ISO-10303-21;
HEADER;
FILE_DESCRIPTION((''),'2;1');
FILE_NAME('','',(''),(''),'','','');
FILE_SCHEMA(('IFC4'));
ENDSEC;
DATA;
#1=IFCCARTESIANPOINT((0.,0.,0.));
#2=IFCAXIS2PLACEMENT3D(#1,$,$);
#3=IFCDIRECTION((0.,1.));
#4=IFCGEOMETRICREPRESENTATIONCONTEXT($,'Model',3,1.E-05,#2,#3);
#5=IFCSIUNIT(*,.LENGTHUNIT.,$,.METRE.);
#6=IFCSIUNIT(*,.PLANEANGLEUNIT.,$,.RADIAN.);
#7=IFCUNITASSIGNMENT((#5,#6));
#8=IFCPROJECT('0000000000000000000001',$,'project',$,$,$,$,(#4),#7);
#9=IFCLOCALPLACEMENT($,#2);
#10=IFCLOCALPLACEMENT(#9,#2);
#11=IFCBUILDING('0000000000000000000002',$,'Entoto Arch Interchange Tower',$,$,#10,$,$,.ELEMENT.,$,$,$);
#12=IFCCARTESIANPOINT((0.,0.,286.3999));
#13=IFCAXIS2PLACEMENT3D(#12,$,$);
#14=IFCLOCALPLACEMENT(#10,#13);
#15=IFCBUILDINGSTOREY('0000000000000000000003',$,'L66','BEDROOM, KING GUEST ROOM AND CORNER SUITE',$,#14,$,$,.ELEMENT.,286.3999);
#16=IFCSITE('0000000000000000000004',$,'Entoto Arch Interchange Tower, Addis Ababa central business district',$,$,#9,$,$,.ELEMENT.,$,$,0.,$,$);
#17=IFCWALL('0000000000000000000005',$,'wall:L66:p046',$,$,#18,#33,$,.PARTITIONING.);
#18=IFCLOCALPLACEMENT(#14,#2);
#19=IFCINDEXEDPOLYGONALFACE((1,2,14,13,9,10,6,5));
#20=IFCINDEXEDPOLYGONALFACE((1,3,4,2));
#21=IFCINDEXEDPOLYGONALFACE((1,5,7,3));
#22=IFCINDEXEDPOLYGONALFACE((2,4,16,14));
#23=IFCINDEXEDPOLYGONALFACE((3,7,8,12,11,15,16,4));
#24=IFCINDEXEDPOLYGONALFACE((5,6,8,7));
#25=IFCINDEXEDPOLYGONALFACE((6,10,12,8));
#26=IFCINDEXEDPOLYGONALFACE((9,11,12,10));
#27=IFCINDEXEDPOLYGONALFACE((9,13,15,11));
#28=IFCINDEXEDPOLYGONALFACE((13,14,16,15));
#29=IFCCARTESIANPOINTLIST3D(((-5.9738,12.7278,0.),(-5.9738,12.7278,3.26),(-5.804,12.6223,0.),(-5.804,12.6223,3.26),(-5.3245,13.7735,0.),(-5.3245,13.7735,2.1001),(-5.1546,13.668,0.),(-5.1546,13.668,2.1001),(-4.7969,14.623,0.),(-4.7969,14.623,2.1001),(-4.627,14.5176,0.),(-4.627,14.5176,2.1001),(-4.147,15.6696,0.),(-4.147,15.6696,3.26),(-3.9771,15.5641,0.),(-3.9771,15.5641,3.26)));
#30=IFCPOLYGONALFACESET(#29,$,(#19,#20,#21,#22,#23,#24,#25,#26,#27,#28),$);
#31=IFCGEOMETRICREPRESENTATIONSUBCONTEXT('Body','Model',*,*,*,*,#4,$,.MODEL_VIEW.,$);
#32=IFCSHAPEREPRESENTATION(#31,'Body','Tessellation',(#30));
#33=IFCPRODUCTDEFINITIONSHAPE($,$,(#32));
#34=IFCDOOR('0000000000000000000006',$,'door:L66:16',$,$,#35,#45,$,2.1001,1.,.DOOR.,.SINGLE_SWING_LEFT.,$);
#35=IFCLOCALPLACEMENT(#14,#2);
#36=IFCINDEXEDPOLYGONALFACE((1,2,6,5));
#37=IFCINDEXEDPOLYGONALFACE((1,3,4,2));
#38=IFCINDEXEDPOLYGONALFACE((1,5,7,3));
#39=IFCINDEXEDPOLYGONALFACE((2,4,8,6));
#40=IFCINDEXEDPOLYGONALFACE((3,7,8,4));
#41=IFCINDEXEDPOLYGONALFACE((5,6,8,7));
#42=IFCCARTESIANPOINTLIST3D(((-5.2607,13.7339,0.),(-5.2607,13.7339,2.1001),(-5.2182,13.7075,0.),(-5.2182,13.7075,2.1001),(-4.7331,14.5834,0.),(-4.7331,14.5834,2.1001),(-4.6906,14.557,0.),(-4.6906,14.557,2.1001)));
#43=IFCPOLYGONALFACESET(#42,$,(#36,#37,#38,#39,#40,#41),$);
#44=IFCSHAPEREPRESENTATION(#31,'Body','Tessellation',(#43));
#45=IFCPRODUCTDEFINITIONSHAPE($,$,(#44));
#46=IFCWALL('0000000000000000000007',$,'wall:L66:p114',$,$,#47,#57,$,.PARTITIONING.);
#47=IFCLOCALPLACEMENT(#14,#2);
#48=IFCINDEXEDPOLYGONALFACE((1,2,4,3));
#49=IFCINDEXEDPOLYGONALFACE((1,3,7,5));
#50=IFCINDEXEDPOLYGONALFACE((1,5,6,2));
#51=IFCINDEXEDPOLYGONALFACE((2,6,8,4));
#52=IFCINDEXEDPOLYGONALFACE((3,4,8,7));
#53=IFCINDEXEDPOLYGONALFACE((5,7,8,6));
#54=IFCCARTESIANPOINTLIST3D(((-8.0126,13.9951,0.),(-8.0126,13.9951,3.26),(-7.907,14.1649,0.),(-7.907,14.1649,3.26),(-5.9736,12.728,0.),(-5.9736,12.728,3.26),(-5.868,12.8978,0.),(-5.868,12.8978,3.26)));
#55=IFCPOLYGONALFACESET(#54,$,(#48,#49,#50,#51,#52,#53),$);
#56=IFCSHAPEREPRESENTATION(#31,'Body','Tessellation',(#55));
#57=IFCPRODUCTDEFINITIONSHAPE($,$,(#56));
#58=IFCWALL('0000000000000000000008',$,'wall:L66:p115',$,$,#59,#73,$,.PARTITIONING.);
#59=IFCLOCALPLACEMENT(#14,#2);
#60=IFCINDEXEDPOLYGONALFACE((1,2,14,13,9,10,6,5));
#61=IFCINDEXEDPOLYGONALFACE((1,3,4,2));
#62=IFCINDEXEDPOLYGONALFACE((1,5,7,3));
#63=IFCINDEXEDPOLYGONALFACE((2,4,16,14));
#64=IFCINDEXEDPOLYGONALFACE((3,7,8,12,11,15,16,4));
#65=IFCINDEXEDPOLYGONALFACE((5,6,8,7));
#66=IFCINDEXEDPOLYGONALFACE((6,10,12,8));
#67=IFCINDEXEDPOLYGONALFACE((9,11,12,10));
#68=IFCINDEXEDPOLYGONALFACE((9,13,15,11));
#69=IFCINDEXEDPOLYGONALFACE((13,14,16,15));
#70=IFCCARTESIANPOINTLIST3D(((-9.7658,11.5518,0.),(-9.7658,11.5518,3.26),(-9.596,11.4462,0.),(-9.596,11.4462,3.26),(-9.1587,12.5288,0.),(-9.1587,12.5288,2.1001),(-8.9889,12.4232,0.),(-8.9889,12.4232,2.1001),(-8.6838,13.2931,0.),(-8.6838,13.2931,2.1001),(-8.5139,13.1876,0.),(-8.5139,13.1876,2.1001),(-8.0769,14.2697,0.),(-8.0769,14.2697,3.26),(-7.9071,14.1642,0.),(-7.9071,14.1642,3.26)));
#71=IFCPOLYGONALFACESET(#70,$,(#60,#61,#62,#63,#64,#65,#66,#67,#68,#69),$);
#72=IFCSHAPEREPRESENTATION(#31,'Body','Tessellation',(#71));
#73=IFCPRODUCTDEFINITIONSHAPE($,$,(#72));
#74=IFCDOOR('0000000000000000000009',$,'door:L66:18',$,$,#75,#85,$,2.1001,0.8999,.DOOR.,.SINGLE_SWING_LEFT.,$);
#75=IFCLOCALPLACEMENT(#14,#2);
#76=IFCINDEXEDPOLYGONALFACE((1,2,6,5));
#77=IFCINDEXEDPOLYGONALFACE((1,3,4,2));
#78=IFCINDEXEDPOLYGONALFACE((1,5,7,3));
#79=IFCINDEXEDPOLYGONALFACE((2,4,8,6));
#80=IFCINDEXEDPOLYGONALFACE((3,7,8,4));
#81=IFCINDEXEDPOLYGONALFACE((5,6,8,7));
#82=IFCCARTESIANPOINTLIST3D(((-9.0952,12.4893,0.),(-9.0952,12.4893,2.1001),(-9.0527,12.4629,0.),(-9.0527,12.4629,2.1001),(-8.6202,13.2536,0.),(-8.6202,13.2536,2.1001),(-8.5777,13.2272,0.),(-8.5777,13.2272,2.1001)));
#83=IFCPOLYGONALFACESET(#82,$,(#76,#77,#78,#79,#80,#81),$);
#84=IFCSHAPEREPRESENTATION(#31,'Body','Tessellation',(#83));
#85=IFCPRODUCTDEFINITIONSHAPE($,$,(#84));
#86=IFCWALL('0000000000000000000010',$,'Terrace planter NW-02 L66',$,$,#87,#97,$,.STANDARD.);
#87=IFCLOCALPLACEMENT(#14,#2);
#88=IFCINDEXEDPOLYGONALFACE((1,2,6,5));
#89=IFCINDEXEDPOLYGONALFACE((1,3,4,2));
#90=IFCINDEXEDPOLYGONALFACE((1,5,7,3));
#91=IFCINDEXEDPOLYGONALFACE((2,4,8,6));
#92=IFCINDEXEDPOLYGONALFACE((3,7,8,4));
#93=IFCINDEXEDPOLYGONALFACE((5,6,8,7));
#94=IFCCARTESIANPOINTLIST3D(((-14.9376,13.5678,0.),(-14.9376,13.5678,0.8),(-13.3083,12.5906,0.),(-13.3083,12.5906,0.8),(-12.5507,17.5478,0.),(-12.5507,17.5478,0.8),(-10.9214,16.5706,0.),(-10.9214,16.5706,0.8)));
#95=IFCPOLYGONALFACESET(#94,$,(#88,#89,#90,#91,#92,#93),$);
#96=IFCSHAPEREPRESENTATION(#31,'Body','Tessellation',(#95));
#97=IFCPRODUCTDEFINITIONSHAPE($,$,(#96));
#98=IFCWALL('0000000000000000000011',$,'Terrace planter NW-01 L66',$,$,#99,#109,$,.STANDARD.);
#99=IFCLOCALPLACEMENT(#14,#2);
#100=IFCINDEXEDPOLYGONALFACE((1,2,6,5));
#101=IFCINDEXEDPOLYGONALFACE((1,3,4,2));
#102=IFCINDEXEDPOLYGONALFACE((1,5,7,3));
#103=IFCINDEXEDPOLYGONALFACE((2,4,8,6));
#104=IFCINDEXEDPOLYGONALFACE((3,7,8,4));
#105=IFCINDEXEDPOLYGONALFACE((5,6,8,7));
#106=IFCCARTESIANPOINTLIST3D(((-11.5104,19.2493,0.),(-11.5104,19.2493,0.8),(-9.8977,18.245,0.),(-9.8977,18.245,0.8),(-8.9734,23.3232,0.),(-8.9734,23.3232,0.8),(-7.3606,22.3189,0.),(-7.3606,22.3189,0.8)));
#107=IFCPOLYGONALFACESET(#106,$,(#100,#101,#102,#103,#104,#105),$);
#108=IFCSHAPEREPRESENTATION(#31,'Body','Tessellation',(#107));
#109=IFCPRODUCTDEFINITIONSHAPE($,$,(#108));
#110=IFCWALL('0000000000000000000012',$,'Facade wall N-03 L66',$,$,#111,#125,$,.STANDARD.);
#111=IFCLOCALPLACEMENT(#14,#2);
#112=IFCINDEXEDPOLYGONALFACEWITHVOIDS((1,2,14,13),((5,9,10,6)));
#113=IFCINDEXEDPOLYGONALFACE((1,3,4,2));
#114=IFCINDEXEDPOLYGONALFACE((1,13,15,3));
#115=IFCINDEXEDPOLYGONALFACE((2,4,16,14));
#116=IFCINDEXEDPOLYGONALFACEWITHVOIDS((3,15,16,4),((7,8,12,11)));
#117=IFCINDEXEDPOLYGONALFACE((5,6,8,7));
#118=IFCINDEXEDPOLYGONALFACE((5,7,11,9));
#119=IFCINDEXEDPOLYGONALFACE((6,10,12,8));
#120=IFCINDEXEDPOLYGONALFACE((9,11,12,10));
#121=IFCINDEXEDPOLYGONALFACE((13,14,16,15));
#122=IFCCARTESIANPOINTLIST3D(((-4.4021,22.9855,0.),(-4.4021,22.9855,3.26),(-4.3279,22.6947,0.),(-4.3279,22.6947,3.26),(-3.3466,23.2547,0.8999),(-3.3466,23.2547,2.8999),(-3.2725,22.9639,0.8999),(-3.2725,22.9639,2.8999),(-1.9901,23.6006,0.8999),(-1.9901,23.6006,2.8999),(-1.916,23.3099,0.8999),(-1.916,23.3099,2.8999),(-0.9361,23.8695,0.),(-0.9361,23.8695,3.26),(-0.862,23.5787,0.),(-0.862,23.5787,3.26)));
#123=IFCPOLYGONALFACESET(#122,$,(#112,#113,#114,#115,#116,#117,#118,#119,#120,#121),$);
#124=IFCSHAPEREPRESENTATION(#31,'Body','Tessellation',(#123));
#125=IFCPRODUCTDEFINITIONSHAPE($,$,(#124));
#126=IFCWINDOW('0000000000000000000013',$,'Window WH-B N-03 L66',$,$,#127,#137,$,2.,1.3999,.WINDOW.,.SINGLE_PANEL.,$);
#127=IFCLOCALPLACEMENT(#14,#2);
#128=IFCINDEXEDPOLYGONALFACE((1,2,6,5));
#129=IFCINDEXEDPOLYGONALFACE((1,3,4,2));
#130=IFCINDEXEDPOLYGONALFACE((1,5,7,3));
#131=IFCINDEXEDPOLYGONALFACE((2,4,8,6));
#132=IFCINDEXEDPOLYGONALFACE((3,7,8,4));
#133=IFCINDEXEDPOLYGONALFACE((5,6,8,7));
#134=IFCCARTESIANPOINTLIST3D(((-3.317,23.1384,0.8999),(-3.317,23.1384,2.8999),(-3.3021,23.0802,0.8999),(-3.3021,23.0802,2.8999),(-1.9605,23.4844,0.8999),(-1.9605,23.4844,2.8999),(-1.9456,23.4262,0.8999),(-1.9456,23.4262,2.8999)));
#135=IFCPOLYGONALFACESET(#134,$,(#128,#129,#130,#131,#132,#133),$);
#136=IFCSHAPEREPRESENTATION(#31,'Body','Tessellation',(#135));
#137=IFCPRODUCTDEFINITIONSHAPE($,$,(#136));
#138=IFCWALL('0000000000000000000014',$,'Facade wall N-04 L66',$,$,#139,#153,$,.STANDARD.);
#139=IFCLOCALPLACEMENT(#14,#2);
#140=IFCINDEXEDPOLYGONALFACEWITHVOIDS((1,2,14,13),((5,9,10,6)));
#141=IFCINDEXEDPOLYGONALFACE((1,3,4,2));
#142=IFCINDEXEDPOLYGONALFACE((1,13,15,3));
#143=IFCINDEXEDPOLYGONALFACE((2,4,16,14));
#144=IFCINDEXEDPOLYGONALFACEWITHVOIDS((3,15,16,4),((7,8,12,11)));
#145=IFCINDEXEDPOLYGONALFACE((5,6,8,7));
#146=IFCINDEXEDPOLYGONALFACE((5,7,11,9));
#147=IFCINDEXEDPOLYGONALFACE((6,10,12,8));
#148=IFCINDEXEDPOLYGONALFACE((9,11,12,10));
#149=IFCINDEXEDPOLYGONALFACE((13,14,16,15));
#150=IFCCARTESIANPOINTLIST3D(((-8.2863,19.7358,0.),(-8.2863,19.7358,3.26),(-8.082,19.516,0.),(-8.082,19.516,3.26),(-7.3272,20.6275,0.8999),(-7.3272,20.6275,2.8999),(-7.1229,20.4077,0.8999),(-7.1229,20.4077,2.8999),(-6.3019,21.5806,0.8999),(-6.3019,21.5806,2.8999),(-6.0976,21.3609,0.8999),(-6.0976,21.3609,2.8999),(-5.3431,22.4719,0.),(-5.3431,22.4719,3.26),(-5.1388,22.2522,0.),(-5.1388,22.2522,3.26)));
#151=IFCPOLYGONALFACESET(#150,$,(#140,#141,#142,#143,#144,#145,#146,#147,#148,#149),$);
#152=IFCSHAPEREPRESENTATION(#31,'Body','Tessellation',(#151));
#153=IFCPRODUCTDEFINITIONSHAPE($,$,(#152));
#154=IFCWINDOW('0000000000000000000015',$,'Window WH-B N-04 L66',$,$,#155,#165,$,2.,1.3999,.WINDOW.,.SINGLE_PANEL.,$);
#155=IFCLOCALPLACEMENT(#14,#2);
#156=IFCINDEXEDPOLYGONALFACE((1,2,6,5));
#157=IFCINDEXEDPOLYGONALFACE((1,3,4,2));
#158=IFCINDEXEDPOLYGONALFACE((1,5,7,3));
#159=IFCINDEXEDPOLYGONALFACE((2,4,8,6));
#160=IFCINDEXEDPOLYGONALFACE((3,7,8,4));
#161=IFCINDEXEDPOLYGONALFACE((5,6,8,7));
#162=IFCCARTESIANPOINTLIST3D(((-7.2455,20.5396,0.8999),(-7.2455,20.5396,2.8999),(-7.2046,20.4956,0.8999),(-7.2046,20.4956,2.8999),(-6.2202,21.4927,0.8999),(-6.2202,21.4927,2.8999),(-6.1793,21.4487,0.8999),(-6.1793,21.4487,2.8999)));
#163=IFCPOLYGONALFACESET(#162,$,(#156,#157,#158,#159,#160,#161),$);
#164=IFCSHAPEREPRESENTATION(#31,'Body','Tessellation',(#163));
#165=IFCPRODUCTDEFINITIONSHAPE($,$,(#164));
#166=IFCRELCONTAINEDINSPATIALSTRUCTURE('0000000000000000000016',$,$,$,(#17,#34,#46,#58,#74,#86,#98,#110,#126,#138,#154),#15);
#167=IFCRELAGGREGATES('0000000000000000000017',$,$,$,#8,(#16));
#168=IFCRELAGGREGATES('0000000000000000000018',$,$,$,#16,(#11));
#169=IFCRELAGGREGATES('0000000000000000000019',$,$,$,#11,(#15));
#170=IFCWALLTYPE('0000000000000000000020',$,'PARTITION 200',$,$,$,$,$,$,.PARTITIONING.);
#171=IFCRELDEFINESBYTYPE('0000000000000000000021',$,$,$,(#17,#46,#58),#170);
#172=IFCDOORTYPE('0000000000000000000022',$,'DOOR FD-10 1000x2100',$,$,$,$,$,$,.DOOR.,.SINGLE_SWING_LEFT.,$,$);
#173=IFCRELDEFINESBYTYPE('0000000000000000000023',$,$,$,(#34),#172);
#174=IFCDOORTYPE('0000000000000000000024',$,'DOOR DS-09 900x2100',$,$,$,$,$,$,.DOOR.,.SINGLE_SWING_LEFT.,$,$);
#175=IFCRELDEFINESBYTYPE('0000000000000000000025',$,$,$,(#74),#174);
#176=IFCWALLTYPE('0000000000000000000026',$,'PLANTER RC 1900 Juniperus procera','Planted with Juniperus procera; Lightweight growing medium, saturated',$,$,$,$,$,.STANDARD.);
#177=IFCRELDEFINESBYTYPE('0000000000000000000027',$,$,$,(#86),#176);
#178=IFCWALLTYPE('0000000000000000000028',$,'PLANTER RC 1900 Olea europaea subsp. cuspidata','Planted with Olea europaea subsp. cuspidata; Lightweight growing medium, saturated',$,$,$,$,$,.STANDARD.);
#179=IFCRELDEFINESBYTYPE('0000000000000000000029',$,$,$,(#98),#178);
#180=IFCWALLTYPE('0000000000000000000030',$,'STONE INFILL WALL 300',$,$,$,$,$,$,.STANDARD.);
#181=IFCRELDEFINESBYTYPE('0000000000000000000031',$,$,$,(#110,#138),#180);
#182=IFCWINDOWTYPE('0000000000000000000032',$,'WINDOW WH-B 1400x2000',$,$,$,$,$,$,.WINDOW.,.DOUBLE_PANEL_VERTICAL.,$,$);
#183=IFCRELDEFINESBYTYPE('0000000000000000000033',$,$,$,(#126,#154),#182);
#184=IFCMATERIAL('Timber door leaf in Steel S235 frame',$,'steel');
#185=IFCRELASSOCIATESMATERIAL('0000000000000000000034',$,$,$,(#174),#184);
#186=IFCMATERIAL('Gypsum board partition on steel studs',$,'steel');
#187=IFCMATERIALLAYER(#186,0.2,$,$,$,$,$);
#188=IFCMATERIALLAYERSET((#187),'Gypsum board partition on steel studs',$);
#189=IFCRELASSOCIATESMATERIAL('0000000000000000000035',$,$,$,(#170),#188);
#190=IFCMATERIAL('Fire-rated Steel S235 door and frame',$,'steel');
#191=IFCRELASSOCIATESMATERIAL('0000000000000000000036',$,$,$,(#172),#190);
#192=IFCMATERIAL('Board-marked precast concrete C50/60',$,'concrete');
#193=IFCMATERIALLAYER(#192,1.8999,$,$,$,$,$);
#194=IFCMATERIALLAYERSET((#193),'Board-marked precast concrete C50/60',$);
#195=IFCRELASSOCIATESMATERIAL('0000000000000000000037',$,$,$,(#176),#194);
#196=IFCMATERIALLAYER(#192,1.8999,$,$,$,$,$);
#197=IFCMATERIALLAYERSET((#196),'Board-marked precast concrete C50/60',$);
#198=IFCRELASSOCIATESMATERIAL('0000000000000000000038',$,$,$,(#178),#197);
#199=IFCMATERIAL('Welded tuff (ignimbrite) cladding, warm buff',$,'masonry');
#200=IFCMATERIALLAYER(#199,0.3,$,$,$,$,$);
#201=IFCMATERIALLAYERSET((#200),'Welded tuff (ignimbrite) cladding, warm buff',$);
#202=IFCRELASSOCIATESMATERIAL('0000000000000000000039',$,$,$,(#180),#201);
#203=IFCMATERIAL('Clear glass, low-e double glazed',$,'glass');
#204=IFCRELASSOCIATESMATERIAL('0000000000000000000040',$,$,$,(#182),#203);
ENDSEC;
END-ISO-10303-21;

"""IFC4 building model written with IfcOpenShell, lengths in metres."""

from ifc_helpers import new_model, si_unit, direction, frame, frame_2d, origin, place, context, subcontext, project, spatial, rectangle, extrude, material, layer, layer_set, type_object, element, fill, save


model = new_model("IFC4")

# Units and contexts
model_context = context("Model", 3, precision=1e-05, world=origin(), true_north=direction((0.0, 1.0)))
body_context = subcontext(model_context, "Body", "Model", "MODEL_VIEW")
ifc_project = project(units=[si_unit("LENGTHUNIT", "METRE"), si_unit("PLANEANGLEUNIT", "RADIAN")], contexts=[model_context])

# Site, building, storey
site_placement = place(None, origin())
site = spatial("IfcSite", under=ifc_project, at=site_placement, Name="Entoto Arch Interchange Tower, Addis Ababa central business district", CompositionType="ELEMENT", RefElevation=0.0)
building_placement = place(site_placement, origin())
building = spatial("IfcBuilding", under=site, at=building_placement, Name="Entoto Arch Interchange Tower", CompositionType="ELEMENT")
storey_placement = place(building_placement, frame((0.0, 0.0, 286.3999)))
storey = spatial("IfcBuildingStorey", under=building, at=storey_placement, Name="L66", Description="BEDROOM, KING GUEST ROOM AND CORNER SUITE", CompositionType="ELEMENT", Elevation=286.3999)

# Shared definitions
ifc_material_1 = material(Name="Gypsum board partition on steel studs", Category="steel")
ifc_material_2 = material(Name="Timber door leaf in Steel S235 frame", Category="steel")
door_type_1 = type_object("IfcDoorType", Name="DOOR DS-09 900x2100", OperationType="SINGLE_SWING_LEFT", PredefinedType="DOOR", material=ifc_material_2)

# Shared definitions
ifc_layer_1 = layer(ifc_material_1, 0.2)
ifc_layer_set_1 = layer_set([ifc_layer_1], Name="Gypsum board partition on steel studs")
wall_type_1 = type_object("IfcWallType", Name="PARTITION 200", PredefinedType="PARTITIONING", material=ifc_layer_set_1)

# Wall, opening, door
wall_1_placement = place(storey_placement, frame((-5.8889, 12.675, 0.0), z_axis=(0.0, 0.0, 1.0), x_axis=(0.527551, 0.849524, 0.0)))
wall_1 = element("IfcWall", 1, at=wall_1_placement, inside=storey, type_object=wall_type_1, Name="wall:L66:p046", PredefinedType="PARTITIONING", context=body_context, shape_type="SweptSolid", body=[
    extrude(rectangle(XDim=3.4629, YDim=0.2, at=frame_2d((1.7314, 0.0))), origin(), (0.0, 0.0, 1.0), 3.26),
])
opening_1_placement = place(wall_1_placement, frame((1.231, 0.0, 0.0)))
opening_1 = element("IfcOpeningElement", 2, at=opening_1_placement, cuts=wall_1, PredefinedType="OPENING", context=body_context, shape_type="SweptSolid", body=[
    extrude(rectangle(XDim=1.0, YDim=2.1001, at=frame_2d((0.5, 1.05))), frame((0.0, 0.1099, 0.0), z_axis=(0.0, -1.0, 0.0), x_axis=(1.0, 0.0, 0.0)), (0.0, 0.0, 1.0), 0.22),
])
ifc_material_3 = material(Name="Fire-rated Steel S235 door and frame", Category="steel")
door_type_2 = type_object("IfcDoorType", Name="DOOR FD-10 1000x2100", OperationType="SINGLE_SWING_LEFT", PredefinedType="DOOR", material=ifc_material_3)
door_1_placement = place(opening_1_placement, origin())
door_1 = element("IfcDoor", 3, at=door_1_placement, inside=storey, type_object=door_type_2, Name="door:L66:16", OperationType="SINGLE_SWING_LEFT", OverallHeight=2.1001, OverallWidth=1.0, PredefinedType="DOOR", context=body_context, shape_type="SweptSolid", body=[
    extrude(rectangle(XDim=1.0, YDim=2.1001, at=frame_2d((0.5, 1.05))), frame((0.0, 0.0249, 0.0), z_axis=(0.0, -1.0, 0.0), x_axis=(1.0, 0.0, 0.0)), (0.0, 0.0, 1.0), 0.05),
])
fill(opening_1, door_1)

# Wall
wall_2_placement = place(storey_placement, frame((-5.9209, 12.813, 0.0), z_axis=(0.0, 0.0, 1.0), x_axis=(-0.849367, 0.527803, 0.0)))
element("IfcWall", 4, at=wall_2_placement, inside=storey, type_object=wall_type_1, Name="wall:L66:p114", PredefinedType="PARTITIONING", context=body_context, shape_type="SweptSolid", body=[
    extrude(rectangle(XDim=2.4006, YDim=0.2, at=frame_2d((1.2002, 0.0))), origin(), (0.0, 0.0, 1.0), 3.26),
])

# Wall, opening, door
wall_3_placement = place(storey_placement, frame((-7.9919, 14.217, 0.0), z_axis=(0.0, 0.0, 1.0), x_axis=(-0.527796, -0.849371, 0.0)))
wall_3 = element("IfcWall", 5, at=wall_3_placement, inside=storey, type_object=wall_type_1, Name="wall:L66:p115", PredefinedType="PARTITIONING", context=body_context, shape_type="SweptSolid", body=[
    extrude(rectangle(XDim=3.2, YDim=0.2, at=frame_2d((1.6001, 0.0))), origin(), (0.0, 0.0, 1.0), 3.26),
])
opening_2_placement = place(wall_3_placement, frame((1.1499, 0.0, 0.0)))
opening_2 = element("IfcOpeningElement", 6, at=opening_2_placement, cuts=wall_3, PredefinedType="OPENING", context=body_context, shape_type="SweptSolid", body=[
    extrude(rectangle(XDim=0.8999, YDim=2.1001, at=frame_2d((0.45, 1.05))), frame((0.0, 0.1099, 0.0), z_axis=(0.0, -1.0, 0.0), x_axis=(1.0, 0.0, 0.0)), (0.0, 0.0, 1.0), 0.22),
])
door_2_placement = place(opening_2_placement, origin())
door_2 = element("IfcDoor", 7, at=door_2_placement, inside=storey, type_object=door_type_1, Name="door:L66:18", OperationType="SINGLE_SWING_LEFT", OverallHeight=2.1001, OverallWidth=0.8999, PredefinedType="DOOR", context=body_context, shape_type="SweptSolid", body=[
    extrude(rectangle(XDim=0.8999, YDim=2.1001, at=frame_2d((0.45, 1.05))), frame((0.0, 0.0249, 0.0), z_axis=(0.0, -1.0, 0.0), x_axis=(1.0, 0.0, 0.0)), (0.0, 0.0, 1.0), 0.05),
])
fill(opening_2, door_2)

# Walls
ifc_material_4 = material(Name="Board-marked precast concrete C50/60", Category="concrete")
ifc_layer_2 = layer(ifc_material_4, 1.8999)
ifc_layer_set_2 = layer_set([ifc_layer_2], Name="Board-marked precast concrete C50/60")
wall_type_2 = type_object("IfcWallType", Name="PLANTER RC 1900 Juniperus procera", Description="Planted with Juniperus procera; Lightweight growing medium, saturated", PredefinedType="STANDARD", material=ifc_layer_set_2)
wall_4_placement = place(storey_placement, frame((-11.7361, 17.0591, 0.0), z_axis=(0.0, 0.0, 1.0), x_axis=(-0.514333, -0.85759, 0.0)))
element("IfcWall", 8, at=wall_4_placement, inside=storey, type_object=wall_type_2, Name="Terrace planter NW-02 L66", PredefinedType="STANDARD", context=body_context, shape_type="SweptSolid", body=[
    extrude(rectangle(XDim=4.6409, YDim=1.8999, at=frame_2d((2.3203, 0.0))), origin(), (0.0, 0.0, 1.0), 0.8),
])
ifc_layer_3 = layer(ifc_material_4, 1.8999)
ifc_layer_set_3 = layer_set([ifc_layer_3], Name="Board-marked precast concrete C50/60")
wall_type_3 = type_object("IfcWallType", Name="PLANTER RC 1900 Olea europaea subsp. cuspidata", Description="Planted with Olea europaea subsp. cuspidata; Lightweight growing medium, saturated", PredefinedType="STANDARD", material=ifc_layer_set_3)
wall_5_placement = place(storey_placement, frame((-8.167, 22.821, 0.0), z_axis=(0.0, 0.0, 1.0), x_axis=(-0.528631, -0.848852, 0.0)))
element("IfcWall", 9, at=wall_5_placement, inside=storey, type_object=wall_type_3, Name="Terrace planter NW-01 L66", PredefinedType="STANDARD", context=body_context, shape_type="SweptSolid", body=[
    extrude(rectangle(XDim=4.7993, YDim=1.8999, at=frame_2d((2.3997, 0.0))), origin(), (0.0, 0.0, 1.0), 0.8),
])

# Walls, openings, windows
ifc_material_5 = material(Name="Welded tuff (ignimbrite) cladding, warm buff", Category="masonry")
ifc_layer_4 = layer(ifc_material_5, 0.3)
ifc_layer_set_4 = layer_set([ifc_layer_4], Name="Welded tuff (ignimbrite) cladding, warm buff")
wall_type_4 = type_object("IfcWallType", Name="STONE INFILL WALL 300", PredefinedType="STANDARD", material=ifc_layer_set_4)
wall_6_placement = place(storey_placement, frame((-0.8989, 23.7241, 0.0), z_axis=(0.0, 0.0, 1.0), x_axis=(-0.968979, -0.247142, 0.0)))
wall_6 = element("IfcWall", 10, at=wall_6_placement, inside=storey, type_object=wall_type_4, Name="Facade wall N-03 L66", PredefinedType="STANDARD", context=body_context, shape_type="SweptSolid", body=[
    extrude(rectangle(XDim=3.5769, YDim=0.3, at=frame_2d((1.7886, 0.0))), origin(), (0.0, 0.0, 1.0), 3.26),
])
opening_3_placement = place(wall_6_placement, frame((1.0879, 0.0, 0.8999)))
opening_3 = element("IfcOpeningElement", 11, at=opening_3_placement, cuts=wall_6, PredefinedType="OPENING", context=body_context, shape_type="SweptSolid", body=[
    extrude(rectangle(XDim=1.3999, YDim=2.0, at=frame_2d((0.7, 1.0))), frame((0.0, 0.1602, 0.0), z_axis=(0.0, -1.0, 0.0), x_axis=(1.0, 0.0, 0.0)), (0.0, 0.0, 1.0), 0.3201),
])
ifc_material_6 = material(Name="Clear glass, low-e double glazed", Category="glass")
window_type_1 = type_object("IfcWindowType", Name="WINDOW WH-B 1400x2000", PartitioningType="DOUBLE_PANEL_VERTICAL", PredefinedType="WINDOW", material=ifc_material_6)
window_1_placement = place(opening_3_placement, origin())
window_1 = element("IfcWindow", 12, at=window_1_placement, inside=storey, type_object=window_type_1, Name="Window WH-B N-03 L66", OverallHeight=2.0, OverallWidth=1.3999, PartitioningType="SINGLE_PANEL", PredefinedType="WINDOW", context=body_context, shape_type="SweptSolid", body=[
    extrude(rectangle(XDim=1.3999, YDim=2.0, at=frame_2d((0.7, 1.0))), frame((0.0, 0.03, 0.0), z_axis=(0.0, -1.0, 0.0), x_axis=(1.0, 0.0, 0.0)), (0.0, 0.0, 1.0), 0.0601),
])
fill(opening_3, window_1)
wall_7_placement = place(storey_placement, frame((-5.241, 22.3621, 0.0), z_axis=(0.0, 0.0, 1.0), x_axis=(-0.732397, -0.680877, 0.0)))
wall_7 = element("IfcWall", 13, at=wall_7_placement, inside=storey, type_object=wall_type_4, Name="Facade wall N-04 L66", PredefinedType="STANDARD", context=body_context, shape_type="SweptSolid", body=[
    extrude(rectangle(XDim=4.0186, YDim=0.3, at=frame_2d((2.0093, 0.0))), origin(), (0.0, 0.0, 1.0), 3.26),
])
opening_4_placement = place(wall_7_placement, frame((1.3091, 0.0, 0.8999)))
opening_4 = element("IfcOpeningElement", 14, at=opening_4_placement, cuts=wall_7, PredefinedType="OPENING", context=body_context, shape_type="SweptSolid", body=[
    extrude(rectangle(XDim=1.3999, YDim=2.0, at=frame_2d((0.7, 1.0))), frame((0.0, 0.1602, 0.0), z_axis=(0.0, -1.0, 0.0), x_axis=(1.0, 0.0, 0.0)), (0.0, 0.0, 1.0), 0.3201),
])
window_2_placement = place(opening_4_placement, origin())
window_2 = element("IfcWindow", 15, at=window_2_placement, inside=storey, type_object=window_type_1, Name="Window WH-B N-04 L66", OverallHeight=2.0, OverallWidth=1.3999, PartitioningType="SINGLE_PANEL", PredefinedType="WINDOW", context=body_context, shape_type="SweptSolid", body=[
    extrude(rectangle(XDim=1.3999, YDim=2.0, at=frame_2d((0.7, 1.0))), frame((0.0, 0.03, 0.0), z_axis=(0.0, -1.0, 0.0), x_axis=(1.0, 0.0, 0.0)), (0.0, 0.0, 1.0), 0.0601),
])
fill(opening_4, window_2)

save(model, "model.ifc")
